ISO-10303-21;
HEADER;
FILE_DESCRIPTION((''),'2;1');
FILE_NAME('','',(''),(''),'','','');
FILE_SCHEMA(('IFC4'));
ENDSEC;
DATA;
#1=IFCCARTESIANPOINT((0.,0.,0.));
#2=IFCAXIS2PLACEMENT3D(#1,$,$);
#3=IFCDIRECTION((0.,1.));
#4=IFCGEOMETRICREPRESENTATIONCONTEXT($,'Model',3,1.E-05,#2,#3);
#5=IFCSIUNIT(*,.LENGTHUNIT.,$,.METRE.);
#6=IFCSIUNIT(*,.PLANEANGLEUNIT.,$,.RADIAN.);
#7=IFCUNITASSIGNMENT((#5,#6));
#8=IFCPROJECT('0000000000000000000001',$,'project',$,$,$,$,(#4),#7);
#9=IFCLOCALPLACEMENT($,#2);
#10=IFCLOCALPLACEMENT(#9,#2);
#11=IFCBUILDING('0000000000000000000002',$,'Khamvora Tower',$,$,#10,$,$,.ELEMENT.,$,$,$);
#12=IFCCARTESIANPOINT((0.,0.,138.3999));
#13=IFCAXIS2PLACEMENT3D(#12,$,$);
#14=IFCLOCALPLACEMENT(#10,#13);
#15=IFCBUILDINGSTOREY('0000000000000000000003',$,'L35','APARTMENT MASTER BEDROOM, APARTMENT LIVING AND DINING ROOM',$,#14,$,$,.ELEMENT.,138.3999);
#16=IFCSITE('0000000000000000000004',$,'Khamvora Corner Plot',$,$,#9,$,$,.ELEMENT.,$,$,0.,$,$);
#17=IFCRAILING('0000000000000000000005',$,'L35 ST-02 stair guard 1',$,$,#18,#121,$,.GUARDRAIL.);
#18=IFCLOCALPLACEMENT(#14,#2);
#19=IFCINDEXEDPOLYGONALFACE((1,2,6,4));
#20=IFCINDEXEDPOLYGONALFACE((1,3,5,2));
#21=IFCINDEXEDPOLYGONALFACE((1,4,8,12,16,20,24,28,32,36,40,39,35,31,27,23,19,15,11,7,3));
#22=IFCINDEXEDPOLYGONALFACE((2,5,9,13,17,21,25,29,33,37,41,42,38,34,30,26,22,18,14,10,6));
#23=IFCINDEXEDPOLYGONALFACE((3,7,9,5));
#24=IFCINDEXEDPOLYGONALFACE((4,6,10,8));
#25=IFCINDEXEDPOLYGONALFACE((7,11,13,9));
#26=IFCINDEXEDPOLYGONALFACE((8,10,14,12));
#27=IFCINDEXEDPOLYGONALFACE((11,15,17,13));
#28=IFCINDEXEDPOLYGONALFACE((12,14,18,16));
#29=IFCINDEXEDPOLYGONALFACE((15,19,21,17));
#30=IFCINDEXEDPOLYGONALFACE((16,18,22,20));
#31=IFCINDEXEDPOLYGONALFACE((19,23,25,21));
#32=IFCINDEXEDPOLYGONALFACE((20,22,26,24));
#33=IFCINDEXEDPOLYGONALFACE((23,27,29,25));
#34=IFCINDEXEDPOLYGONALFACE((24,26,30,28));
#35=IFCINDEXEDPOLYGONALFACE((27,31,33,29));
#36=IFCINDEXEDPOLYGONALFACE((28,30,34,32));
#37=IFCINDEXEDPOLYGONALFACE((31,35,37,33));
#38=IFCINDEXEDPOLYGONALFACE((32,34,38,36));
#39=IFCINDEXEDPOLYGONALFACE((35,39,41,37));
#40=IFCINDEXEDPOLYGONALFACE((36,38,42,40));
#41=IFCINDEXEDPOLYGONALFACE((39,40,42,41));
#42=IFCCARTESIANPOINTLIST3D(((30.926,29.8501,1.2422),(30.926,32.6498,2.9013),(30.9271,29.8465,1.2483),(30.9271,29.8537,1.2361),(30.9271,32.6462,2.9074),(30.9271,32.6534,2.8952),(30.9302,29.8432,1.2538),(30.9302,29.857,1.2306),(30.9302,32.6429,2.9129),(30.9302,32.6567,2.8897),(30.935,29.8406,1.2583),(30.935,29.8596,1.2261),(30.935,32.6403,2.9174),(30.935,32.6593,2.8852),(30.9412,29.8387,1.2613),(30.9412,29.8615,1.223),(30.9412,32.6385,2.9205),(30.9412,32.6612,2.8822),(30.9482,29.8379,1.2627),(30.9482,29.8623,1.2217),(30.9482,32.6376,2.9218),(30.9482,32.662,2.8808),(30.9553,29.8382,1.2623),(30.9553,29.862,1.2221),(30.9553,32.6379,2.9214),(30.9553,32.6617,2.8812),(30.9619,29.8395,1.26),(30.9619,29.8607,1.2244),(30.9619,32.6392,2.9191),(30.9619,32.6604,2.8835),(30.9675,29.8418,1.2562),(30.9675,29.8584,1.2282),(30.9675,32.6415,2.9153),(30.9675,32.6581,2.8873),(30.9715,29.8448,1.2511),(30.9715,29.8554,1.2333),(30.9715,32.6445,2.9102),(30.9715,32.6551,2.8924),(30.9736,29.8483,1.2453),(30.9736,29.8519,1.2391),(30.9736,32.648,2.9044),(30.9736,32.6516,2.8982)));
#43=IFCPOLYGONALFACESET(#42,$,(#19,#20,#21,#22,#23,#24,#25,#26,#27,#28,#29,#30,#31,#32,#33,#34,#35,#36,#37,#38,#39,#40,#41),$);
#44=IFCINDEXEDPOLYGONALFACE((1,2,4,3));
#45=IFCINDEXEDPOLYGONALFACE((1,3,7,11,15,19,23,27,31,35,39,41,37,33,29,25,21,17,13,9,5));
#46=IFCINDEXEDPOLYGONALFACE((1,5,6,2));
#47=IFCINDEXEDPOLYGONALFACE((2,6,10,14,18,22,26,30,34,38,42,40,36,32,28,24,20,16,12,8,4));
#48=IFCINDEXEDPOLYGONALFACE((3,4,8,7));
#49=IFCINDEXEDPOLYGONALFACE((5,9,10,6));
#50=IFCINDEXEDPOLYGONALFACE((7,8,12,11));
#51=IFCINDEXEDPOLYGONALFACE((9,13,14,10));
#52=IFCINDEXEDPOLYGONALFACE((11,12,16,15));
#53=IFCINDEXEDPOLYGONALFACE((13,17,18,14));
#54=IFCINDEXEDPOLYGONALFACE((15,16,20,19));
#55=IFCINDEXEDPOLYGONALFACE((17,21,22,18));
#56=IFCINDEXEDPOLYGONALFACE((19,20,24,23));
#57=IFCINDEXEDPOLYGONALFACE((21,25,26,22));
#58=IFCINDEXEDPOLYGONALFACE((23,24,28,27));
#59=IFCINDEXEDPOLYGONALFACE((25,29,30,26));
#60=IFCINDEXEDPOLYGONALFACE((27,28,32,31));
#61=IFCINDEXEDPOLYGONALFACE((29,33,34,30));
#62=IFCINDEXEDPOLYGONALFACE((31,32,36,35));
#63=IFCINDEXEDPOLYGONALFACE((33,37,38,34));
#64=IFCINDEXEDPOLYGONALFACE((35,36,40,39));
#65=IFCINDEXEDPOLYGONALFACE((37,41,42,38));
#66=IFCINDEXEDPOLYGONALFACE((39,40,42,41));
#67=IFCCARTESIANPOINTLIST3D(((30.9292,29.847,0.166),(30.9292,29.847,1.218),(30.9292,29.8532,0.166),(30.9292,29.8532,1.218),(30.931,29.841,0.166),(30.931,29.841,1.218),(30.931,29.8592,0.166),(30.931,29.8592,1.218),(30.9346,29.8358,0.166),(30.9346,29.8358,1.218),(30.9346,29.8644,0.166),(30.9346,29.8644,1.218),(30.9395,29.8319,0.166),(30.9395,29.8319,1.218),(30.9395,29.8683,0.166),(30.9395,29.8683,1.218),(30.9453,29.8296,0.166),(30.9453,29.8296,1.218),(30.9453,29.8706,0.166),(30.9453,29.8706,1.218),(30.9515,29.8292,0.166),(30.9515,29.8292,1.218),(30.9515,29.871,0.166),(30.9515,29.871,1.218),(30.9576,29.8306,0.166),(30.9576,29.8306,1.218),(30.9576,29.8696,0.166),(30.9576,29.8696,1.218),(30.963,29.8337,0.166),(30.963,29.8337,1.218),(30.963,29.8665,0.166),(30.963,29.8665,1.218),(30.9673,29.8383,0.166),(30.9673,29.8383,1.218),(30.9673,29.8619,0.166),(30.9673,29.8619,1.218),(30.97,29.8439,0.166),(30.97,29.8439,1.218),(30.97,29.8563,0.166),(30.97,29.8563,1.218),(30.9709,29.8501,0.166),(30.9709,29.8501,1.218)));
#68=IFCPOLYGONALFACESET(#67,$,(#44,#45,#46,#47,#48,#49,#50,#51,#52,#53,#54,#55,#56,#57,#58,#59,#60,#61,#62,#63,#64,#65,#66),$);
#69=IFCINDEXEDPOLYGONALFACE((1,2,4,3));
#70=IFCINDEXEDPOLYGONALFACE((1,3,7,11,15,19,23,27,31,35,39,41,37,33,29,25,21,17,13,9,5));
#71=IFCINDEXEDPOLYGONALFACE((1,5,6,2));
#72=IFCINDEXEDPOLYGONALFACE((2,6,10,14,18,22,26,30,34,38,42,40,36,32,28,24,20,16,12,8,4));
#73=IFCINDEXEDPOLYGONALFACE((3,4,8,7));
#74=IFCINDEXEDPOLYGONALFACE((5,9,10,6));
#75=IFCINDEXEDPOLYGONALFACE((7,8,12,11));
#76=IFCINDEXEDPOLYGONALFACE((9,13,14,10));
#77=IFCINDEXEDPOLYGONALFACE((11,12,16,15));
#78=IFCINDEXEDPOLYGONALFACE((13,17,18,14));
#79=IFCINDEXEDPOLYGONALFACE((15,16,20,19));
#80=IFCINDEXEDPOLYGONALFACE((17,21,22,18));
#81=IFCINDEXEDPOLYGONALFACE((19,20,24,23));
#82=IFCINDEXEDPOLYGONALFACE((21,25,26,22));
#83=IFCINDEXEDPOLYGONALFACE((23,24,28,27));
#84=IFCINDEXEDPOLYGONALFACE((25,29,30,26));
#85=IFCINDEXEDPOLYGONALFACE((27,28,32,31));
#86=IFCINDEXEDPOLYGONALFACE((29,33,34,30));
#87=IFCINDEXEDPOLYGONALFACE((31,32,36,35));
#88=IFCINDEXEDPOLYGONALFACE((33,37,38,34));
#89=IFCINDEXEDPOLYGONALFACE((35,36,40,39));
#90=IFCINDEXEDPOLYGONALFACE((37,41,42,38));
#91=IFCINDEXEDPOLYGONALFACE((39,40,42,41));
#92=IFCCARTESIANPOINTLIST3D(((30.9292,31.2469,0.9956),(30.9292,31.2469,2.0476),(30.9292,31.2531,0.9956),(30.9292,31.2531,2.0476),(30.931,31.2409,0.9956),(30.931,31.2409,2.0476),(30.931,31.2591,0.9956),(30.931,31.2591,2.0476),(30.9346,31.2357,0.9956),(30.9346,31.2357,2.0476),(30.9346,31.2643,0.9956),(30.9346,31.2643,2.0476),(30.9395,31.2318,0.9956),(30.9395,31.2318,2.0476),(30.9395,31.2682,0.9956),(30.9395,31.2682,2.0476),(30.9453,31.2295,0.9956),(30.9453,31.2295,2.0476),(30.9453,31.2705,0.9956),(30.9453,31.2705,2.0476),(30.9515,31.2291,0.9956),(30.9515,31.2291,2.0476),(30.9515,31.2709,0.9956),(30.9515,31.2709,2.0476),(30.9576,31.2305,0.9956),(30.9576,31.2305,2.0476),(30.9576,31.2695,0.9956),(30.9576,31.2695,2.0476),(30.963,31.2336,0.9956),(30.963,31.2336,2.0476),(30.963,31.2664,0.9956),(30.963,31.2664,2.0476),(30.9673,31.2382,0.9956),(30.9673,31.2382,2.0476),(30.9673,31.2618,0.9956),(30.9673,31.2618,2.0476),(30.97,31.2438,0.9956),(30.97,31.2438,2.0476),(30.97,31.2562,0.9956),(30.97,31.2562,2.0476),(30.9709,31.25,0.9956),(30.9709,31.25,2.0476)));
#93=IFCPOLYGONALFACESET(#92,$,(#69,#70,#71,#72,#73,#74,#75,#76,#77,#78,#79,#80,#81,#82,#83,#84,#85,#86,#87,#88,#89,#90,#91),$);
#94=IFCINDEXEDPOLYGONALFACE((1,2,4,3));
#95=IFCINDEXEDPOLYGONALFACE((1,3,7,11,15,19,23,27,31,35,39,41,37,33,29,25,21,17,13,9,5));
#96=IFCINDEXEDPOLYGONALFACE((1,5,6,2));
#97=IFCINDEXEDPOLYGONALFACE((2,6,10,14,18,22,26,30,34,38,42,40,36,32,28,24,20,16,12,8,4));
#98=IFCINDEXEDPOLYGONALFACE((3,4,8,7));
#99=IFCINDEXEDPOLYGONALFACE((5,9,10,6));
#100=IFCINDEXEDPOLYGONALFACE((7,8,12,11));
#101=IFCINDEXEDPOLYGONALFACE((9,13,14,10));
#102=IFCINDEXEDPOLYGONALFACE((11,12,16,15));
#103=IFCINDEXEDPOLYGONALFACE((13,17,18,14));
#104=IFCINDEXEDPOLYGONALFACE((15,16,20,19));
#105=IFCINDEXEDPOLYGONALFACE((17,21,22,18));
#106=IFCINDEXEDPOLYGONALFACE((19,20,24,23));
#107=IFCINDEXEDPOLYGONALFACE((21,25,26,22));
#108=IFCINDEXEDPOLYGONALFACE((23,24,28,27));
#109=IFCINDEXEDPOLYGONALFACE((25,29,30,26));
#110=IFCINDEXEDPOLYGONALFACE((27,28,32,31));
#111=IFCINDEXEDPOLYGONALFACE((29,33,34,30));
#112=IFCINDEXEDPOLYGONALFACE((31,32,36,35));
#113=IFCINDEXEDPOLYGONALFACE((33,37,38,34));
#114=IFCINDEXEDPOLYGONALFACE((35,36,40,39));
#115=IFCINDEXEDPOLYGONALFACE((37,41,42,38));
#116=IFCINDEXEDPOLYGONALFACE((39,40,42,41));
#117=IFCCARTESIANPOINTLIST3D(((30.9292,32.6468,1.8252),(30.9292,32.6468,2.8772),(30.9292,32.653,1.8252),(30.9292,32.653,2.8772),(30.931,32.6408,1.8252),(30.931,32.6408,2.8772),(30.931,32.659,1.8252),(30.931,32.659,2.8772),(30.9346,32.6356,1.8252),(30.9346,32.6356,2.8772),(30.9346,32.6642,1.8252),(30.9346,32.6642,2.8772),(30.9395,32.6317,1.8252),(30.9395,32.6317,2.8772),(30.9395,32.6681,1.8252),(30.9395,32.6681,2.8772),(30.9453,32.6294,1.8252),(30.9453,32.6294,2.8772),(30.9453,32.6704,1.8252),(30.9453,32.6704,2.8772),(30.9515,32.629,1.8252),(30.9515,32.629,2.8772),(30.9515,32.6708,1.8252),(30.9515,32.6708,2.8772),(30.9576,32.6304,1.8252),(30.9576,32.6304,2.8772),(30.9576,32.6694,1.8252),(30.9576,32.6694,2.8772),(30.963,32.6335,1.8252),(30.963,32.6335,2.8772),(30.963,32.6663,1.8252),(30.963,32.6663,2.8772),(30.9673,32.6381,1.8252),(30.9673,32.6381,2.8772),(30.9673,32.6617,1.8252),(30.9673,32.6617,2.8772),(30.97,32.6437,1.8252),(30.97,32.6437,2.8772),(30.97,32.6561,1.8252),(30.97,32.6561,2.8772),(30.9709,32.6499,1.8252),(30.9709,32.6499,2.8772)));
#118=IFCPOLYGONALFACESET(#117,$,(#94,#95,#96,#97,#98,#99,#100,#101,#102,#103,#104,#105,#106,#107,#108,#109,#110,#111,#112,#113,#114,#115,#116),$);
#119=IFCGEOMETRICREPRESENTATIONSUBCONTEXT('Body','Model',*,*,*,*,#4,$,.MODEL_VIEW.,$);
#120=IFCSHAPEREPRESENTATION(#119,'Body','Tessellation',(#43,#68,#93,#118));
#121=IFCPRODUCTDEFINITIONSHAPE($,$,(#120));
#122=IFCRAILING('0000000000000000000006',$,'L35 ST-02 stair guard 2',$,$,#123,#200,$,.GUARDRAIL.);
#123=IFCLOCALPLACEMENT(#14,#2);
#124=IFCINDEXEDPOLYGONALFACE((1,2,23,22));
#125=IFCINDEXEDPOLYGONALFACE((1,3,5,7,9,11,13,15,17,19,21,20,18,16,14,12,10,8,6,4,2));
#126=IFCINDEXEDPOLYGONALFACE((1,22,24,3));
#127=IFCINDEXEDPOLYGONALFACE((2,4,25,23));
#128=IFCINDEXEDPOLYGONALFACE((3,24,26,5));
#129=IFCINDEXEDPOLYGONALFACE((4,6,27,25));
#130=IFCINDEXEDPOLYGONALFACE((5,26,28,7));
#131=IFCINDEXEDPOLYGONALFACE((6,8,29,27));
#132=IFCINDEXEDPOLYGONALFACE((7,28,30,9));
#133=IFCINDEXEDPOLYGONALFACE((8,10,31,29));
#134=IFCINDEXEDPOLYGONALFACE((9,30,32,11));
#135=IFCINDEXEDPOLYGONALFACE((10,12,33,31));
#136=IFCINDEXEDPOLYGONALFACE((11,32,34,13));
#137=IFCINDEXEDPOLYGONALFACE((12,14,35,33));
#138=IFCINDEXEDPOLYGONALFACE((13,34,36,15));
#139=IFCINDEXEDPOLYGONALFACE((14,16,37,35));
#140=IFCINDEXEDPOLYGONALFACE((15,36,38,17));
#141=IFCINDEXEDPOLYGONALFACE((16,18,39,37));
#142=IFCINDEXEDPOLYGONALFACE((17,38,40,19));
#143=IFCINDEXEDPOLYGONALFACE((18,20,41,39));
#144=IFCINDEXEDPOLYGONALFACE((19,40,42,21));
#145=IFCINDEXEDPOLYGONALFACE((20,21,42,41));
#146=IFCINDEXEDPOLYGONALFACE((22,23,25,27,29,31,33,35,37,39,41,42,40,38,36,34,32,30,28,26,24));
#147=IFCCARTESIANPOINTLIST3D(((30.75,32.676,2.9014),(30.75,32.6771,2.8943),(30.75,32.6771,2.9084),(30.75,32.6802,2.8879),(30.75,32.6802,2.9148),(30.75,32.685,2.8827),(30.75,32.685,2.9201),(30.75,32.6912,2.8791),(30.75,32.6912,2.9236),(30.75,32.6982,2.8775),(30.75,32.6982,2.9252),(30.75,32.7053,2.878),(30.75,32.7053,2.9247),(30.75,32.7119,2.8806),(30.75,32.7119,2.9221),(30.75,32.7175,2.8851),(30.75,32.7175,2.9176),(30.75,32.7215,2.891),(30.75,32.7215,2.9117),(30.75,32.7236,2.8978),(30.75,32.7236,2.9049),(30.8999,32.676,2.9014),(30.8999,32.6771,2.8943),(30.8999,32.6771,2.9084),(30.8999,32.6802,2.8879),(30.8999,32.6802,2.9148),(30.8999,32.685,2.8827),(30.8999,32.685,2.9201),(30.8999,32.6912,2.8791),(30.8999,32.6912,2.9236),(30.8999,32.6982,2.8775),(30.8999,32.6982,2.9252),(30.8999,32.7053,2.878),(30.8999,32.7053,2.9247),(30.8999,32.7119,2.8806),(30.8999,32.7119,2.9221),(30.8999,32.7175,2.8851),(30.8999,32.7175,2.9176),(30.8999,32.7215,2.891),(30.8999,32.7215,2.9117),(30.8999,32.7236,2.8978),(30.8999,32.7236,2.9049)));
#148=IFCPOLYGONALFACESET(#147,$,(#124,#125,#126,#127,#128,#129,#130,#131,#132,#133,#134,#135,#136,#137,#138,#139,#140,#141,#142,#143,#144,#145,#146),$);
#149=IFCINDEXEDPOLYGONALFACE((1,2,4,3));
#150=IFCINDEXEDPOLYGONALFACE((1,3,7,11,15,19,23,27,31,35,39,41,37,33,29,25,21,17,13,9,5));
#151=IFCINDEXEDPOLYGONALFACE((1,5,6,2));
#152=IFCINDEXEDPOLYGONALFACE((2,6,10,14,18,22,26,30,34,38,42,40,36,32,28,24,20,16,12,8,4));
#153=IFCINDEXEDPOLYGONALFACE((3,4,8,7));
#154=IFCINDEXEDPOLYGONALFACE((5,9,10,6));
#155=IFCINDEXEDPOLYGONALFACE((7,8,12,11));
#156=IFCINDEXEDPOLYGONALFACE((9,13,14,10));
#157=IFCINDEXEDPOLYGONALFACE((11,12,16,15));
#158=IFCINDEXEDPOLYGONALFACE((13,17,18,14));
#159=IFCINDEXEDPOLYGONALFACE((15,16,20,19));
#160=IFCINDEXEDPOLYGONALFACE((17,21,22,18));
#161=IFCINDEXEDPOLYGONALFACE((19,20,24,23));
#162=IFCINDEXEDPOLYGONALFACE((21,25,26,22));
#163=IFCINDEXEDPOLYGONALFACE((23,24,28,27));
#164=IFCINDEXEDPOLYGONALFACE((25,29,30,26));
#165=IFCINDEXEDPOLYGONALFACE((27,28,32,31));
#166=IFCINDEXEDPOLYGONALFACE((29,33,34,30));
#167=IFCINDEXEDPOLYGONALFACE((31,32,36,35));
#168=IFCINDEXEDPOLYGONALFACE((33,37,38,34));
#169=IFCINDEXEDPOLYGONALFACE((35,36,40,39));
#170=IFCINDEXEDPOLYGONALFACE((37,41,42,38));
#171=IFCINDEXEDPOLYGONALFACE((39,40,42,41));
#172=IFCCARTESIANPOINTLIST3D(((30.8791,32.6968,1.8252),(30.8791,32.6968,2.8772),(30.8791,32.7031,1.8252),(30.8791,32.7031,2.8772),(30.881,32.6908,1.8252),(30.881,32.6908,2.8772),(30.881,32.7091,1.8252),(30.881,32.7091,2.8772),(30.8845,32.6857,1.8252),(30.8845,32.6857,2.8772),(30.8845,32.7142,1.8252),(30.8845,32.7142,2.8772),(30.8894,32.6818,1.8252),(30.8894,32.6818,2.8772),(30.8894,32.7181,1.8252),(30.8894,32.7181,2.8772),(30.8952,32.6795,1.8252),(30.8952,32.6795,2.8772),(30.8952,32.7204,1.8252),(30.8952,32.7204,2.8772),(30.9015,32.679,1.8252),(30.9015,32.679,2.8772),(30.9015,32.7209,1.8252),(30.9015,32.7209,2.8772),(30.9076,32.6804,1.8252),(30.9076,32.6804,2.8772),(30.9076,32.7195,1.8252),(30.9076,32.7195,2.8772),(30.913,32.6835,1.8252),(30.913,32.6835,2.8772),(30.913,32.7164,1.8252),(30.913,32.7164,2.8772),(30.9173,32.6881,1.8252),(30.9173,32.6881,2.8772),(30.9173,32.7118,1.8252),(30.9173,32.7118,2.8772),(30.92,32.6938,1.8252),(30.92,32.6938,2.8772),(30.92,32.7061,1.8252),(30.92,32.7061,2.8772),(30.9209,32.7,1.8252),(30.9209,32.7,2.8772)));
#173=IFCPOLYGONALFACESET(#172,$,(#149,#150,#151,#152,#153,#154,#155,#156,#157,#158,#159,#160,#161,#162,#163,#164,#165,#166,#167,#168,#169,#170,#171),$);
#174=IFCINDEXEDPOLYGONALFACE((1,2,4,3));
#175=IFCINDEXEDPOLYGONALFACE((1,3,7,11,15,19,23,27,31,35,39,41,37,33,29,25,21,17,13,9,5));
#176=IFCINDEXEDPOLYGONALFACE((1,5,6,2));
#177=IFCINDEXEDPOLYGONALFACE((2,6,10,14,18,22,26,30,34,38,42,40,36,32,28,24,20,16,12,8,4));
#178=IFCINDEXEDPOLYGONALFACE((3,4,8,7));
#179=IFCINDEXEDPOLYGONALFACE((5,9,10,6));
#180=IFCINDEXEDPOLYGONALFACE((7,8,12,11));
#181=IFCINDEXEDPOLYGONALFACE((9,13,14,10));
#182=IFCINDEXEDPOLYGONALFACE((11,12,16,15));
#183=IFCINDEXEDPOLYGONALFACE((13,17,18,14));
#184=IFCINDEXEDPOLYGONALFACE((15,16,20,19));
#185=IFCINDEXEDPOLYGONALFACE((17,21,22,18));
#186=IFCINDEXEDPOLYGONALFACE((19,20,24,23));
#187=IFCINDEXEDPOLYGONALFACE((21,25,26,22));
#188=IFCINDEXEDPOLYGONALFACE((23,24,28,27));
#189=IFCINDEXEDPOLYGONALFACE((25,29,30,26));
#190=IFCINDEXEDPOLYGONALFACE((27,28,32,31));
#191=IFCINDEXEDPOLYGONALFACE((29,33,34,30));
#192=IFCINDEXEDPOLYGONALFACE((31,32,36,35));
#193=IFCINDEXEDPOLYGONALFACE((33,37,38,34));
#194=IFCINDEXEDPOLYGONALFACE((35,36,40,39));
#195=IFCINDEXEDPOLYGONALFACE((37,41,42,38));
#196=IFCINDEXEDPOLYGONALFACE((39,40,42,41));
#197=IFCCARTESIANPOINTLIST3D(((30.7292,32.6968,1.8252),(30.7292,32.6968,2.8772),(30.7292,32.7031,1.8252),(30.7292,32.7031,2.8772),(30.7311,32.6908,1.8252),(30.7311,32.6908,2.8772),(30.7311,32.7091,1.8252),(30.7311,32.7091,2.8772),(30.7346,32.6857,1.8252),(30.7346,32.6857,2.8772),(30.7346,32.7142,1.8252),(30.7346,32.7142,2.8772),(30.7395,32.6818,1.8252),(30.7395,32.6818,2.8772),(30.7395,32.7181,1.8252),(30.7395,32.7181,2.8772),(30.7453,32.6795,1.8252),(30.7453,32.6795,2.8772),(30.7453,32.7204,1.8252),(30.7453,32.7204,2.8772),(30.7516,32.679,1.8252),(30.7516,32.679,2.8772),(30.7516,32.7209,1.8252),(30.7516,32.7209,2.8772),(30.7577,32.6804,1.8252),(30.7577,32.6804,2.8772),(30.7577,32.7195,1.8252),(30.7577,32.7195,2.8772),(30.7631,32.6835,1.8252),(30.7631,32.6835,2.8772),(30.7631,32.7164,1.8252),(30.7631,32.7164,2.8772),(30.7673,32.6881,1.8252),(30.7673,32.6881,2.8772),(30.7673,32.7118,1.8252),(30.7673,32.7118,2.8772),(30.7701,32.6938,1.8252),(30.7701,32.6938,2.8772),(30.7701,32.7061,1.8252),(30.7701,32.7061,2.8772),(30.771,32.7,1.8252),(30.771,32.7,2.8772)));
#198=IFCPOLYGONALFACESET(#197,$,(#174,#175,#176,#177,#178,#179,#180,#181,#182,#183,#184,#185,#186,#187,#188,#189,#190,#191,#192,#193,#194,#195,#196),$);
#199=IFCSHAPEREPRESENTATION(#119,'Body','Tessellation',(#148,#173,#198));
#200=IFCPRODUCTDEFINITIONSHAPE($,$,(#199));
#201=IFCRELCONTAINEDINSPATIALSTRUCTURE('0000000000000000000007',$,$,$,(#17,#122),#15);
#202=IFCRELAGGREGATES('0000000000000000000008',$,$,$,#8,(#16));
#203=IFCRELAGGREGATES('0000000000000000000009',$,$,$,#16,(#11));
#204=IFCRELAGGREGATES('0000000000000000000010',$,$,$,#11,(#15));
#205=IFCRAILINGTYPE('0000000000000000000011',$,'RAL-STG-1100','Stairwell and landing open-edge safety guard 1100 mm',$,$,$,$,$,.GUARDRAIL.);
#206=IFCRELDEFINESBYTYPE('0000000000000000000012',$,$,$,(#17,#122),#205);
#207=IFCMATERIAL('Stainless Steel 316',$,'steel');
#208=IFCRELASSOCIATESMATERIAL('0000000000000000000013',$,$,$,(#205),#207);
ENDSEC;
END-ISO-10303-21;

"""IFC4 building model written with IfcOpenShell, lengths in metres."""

from ifc_helpers import new_model, si_unit, direction, frame, origin, origin_2d, place, context, subcontext, project, spatial, circle, extrude, material, type_object, element, save


model = new_model("IFC4")

# Units and contexts
model_context = context("Model", 3, precision=1e-05, world=origin(), true_north=direction((0.0, 1.0)))
body_context = subcontext(model_context, "Body", "Model", "MODEL_VIEW")
ifc_project = project(units=[si_unit("LENGTHUNIT", "METRE"), si_unit("PLANEANGLEUNIT", "RADIAN")], contexts=[model_context])

# Site, building, storey
site_placement = place(None, origin())
site = spatial("IfcSite", under=ifc_project, at=site_placement, Name="Khamvora Corner Plot", CompositionType="ELEMENT", RefElevation=0.0)
building_placement = place(site_placement, origin())
building = spatial("IfcBuilding", under=site, at=building_placement, Name="Khamvora Tower", CompositionType="ELEMENT")
storey_placement = place(building_placement, frame((0.0, 0.0, 138.3999)))
storey = spatial("IfcBuildingStorey", under=building, at=storey_placement, Name="L35", Description="APARTMENT MASTER BEDROOM, APARTMENT LIVING AND DINING ROOM", CompositionType="ELEMENT", Elevation=138.3999)

# Railings
ifc_material_1 = material(Name="Stainless Steel 316", Category="steel")
railing_type_1 = type_object("IfcRailingType", Name="RAL-STG-1100", Description="Stairwell and landing open-edge safety guard 1100 mm", PredefinedType="GUARDRAIL", material=ifc_material_1)
railing_1_placement = place(storey_placement, frame((30.95, 29.8501, 0.166)))
element("IfcRailing", 1, at=railing_1_placement, inside=storey, type_object=railing_type_1, Name="L35 ST-02 stair guard 1", PredefinedType="GUARDRAIL", context=body_context, shape_type="SweptSolid", body=[
    extrude(circle(Radius=0.0239, at=origin_2d()), frame((0.0, 0.0, 1.0762), z_axis=(0.0, 0.860287, 0.509811), x_axis=(-1.0, 0.0, 0.0)), (0.0, 0.0, 1.0), 3.2544),
    extrude(circle(Radius=0.021, at=origin_2d()), origin(), (0.0, 0.0, 1.0), 1.052),
    extrude(circle(Radius=0.021, at=origin_2d()), frame((0.0, 1.3999, 0.8296)), (0.0, 0.0, 1.0), 1.052),
    extrude(circle(Radius=0.021, at=origin_2d()), frame((0.0, 2.7998, 1.6592)), (0.0, 0.0, 1.0), 1.052),
])
for number, where, name in (
    (2, (30.8999, 32.7, 1.8252), "L35 ST-02 stair guard 2"),
):
    element("IfcRailing", number, at=place(storey_placement, frame(where)), inside=storey, type_object=railing_type_1, Name=name, PredefinedType="GUARDRAIL", context=body_context, shape_type="SweptSolid", body=[
        extrude(circle(Radius=0.0239, at=origin_2d()), frame((0.0, 0.0, 1.0762), z_axis=(-1.0, 0.0, 0.0), x_axis=(0.0, -1.0, 0.0)), (0.0, 0.0, 1.0), 0.1499),
        extrude(circle(Radius=0.021, at=origin_2d()), origin(), (0.0, 0.0, 1.0), 1.052),
        extrude(circle(Radius=0.021, at=origin_2d()), frame((-0.1499, 0.0, 0.0)), (0.0, 0.0, 1.0), 1.052),
    ])

save(model, "model.ifc")
